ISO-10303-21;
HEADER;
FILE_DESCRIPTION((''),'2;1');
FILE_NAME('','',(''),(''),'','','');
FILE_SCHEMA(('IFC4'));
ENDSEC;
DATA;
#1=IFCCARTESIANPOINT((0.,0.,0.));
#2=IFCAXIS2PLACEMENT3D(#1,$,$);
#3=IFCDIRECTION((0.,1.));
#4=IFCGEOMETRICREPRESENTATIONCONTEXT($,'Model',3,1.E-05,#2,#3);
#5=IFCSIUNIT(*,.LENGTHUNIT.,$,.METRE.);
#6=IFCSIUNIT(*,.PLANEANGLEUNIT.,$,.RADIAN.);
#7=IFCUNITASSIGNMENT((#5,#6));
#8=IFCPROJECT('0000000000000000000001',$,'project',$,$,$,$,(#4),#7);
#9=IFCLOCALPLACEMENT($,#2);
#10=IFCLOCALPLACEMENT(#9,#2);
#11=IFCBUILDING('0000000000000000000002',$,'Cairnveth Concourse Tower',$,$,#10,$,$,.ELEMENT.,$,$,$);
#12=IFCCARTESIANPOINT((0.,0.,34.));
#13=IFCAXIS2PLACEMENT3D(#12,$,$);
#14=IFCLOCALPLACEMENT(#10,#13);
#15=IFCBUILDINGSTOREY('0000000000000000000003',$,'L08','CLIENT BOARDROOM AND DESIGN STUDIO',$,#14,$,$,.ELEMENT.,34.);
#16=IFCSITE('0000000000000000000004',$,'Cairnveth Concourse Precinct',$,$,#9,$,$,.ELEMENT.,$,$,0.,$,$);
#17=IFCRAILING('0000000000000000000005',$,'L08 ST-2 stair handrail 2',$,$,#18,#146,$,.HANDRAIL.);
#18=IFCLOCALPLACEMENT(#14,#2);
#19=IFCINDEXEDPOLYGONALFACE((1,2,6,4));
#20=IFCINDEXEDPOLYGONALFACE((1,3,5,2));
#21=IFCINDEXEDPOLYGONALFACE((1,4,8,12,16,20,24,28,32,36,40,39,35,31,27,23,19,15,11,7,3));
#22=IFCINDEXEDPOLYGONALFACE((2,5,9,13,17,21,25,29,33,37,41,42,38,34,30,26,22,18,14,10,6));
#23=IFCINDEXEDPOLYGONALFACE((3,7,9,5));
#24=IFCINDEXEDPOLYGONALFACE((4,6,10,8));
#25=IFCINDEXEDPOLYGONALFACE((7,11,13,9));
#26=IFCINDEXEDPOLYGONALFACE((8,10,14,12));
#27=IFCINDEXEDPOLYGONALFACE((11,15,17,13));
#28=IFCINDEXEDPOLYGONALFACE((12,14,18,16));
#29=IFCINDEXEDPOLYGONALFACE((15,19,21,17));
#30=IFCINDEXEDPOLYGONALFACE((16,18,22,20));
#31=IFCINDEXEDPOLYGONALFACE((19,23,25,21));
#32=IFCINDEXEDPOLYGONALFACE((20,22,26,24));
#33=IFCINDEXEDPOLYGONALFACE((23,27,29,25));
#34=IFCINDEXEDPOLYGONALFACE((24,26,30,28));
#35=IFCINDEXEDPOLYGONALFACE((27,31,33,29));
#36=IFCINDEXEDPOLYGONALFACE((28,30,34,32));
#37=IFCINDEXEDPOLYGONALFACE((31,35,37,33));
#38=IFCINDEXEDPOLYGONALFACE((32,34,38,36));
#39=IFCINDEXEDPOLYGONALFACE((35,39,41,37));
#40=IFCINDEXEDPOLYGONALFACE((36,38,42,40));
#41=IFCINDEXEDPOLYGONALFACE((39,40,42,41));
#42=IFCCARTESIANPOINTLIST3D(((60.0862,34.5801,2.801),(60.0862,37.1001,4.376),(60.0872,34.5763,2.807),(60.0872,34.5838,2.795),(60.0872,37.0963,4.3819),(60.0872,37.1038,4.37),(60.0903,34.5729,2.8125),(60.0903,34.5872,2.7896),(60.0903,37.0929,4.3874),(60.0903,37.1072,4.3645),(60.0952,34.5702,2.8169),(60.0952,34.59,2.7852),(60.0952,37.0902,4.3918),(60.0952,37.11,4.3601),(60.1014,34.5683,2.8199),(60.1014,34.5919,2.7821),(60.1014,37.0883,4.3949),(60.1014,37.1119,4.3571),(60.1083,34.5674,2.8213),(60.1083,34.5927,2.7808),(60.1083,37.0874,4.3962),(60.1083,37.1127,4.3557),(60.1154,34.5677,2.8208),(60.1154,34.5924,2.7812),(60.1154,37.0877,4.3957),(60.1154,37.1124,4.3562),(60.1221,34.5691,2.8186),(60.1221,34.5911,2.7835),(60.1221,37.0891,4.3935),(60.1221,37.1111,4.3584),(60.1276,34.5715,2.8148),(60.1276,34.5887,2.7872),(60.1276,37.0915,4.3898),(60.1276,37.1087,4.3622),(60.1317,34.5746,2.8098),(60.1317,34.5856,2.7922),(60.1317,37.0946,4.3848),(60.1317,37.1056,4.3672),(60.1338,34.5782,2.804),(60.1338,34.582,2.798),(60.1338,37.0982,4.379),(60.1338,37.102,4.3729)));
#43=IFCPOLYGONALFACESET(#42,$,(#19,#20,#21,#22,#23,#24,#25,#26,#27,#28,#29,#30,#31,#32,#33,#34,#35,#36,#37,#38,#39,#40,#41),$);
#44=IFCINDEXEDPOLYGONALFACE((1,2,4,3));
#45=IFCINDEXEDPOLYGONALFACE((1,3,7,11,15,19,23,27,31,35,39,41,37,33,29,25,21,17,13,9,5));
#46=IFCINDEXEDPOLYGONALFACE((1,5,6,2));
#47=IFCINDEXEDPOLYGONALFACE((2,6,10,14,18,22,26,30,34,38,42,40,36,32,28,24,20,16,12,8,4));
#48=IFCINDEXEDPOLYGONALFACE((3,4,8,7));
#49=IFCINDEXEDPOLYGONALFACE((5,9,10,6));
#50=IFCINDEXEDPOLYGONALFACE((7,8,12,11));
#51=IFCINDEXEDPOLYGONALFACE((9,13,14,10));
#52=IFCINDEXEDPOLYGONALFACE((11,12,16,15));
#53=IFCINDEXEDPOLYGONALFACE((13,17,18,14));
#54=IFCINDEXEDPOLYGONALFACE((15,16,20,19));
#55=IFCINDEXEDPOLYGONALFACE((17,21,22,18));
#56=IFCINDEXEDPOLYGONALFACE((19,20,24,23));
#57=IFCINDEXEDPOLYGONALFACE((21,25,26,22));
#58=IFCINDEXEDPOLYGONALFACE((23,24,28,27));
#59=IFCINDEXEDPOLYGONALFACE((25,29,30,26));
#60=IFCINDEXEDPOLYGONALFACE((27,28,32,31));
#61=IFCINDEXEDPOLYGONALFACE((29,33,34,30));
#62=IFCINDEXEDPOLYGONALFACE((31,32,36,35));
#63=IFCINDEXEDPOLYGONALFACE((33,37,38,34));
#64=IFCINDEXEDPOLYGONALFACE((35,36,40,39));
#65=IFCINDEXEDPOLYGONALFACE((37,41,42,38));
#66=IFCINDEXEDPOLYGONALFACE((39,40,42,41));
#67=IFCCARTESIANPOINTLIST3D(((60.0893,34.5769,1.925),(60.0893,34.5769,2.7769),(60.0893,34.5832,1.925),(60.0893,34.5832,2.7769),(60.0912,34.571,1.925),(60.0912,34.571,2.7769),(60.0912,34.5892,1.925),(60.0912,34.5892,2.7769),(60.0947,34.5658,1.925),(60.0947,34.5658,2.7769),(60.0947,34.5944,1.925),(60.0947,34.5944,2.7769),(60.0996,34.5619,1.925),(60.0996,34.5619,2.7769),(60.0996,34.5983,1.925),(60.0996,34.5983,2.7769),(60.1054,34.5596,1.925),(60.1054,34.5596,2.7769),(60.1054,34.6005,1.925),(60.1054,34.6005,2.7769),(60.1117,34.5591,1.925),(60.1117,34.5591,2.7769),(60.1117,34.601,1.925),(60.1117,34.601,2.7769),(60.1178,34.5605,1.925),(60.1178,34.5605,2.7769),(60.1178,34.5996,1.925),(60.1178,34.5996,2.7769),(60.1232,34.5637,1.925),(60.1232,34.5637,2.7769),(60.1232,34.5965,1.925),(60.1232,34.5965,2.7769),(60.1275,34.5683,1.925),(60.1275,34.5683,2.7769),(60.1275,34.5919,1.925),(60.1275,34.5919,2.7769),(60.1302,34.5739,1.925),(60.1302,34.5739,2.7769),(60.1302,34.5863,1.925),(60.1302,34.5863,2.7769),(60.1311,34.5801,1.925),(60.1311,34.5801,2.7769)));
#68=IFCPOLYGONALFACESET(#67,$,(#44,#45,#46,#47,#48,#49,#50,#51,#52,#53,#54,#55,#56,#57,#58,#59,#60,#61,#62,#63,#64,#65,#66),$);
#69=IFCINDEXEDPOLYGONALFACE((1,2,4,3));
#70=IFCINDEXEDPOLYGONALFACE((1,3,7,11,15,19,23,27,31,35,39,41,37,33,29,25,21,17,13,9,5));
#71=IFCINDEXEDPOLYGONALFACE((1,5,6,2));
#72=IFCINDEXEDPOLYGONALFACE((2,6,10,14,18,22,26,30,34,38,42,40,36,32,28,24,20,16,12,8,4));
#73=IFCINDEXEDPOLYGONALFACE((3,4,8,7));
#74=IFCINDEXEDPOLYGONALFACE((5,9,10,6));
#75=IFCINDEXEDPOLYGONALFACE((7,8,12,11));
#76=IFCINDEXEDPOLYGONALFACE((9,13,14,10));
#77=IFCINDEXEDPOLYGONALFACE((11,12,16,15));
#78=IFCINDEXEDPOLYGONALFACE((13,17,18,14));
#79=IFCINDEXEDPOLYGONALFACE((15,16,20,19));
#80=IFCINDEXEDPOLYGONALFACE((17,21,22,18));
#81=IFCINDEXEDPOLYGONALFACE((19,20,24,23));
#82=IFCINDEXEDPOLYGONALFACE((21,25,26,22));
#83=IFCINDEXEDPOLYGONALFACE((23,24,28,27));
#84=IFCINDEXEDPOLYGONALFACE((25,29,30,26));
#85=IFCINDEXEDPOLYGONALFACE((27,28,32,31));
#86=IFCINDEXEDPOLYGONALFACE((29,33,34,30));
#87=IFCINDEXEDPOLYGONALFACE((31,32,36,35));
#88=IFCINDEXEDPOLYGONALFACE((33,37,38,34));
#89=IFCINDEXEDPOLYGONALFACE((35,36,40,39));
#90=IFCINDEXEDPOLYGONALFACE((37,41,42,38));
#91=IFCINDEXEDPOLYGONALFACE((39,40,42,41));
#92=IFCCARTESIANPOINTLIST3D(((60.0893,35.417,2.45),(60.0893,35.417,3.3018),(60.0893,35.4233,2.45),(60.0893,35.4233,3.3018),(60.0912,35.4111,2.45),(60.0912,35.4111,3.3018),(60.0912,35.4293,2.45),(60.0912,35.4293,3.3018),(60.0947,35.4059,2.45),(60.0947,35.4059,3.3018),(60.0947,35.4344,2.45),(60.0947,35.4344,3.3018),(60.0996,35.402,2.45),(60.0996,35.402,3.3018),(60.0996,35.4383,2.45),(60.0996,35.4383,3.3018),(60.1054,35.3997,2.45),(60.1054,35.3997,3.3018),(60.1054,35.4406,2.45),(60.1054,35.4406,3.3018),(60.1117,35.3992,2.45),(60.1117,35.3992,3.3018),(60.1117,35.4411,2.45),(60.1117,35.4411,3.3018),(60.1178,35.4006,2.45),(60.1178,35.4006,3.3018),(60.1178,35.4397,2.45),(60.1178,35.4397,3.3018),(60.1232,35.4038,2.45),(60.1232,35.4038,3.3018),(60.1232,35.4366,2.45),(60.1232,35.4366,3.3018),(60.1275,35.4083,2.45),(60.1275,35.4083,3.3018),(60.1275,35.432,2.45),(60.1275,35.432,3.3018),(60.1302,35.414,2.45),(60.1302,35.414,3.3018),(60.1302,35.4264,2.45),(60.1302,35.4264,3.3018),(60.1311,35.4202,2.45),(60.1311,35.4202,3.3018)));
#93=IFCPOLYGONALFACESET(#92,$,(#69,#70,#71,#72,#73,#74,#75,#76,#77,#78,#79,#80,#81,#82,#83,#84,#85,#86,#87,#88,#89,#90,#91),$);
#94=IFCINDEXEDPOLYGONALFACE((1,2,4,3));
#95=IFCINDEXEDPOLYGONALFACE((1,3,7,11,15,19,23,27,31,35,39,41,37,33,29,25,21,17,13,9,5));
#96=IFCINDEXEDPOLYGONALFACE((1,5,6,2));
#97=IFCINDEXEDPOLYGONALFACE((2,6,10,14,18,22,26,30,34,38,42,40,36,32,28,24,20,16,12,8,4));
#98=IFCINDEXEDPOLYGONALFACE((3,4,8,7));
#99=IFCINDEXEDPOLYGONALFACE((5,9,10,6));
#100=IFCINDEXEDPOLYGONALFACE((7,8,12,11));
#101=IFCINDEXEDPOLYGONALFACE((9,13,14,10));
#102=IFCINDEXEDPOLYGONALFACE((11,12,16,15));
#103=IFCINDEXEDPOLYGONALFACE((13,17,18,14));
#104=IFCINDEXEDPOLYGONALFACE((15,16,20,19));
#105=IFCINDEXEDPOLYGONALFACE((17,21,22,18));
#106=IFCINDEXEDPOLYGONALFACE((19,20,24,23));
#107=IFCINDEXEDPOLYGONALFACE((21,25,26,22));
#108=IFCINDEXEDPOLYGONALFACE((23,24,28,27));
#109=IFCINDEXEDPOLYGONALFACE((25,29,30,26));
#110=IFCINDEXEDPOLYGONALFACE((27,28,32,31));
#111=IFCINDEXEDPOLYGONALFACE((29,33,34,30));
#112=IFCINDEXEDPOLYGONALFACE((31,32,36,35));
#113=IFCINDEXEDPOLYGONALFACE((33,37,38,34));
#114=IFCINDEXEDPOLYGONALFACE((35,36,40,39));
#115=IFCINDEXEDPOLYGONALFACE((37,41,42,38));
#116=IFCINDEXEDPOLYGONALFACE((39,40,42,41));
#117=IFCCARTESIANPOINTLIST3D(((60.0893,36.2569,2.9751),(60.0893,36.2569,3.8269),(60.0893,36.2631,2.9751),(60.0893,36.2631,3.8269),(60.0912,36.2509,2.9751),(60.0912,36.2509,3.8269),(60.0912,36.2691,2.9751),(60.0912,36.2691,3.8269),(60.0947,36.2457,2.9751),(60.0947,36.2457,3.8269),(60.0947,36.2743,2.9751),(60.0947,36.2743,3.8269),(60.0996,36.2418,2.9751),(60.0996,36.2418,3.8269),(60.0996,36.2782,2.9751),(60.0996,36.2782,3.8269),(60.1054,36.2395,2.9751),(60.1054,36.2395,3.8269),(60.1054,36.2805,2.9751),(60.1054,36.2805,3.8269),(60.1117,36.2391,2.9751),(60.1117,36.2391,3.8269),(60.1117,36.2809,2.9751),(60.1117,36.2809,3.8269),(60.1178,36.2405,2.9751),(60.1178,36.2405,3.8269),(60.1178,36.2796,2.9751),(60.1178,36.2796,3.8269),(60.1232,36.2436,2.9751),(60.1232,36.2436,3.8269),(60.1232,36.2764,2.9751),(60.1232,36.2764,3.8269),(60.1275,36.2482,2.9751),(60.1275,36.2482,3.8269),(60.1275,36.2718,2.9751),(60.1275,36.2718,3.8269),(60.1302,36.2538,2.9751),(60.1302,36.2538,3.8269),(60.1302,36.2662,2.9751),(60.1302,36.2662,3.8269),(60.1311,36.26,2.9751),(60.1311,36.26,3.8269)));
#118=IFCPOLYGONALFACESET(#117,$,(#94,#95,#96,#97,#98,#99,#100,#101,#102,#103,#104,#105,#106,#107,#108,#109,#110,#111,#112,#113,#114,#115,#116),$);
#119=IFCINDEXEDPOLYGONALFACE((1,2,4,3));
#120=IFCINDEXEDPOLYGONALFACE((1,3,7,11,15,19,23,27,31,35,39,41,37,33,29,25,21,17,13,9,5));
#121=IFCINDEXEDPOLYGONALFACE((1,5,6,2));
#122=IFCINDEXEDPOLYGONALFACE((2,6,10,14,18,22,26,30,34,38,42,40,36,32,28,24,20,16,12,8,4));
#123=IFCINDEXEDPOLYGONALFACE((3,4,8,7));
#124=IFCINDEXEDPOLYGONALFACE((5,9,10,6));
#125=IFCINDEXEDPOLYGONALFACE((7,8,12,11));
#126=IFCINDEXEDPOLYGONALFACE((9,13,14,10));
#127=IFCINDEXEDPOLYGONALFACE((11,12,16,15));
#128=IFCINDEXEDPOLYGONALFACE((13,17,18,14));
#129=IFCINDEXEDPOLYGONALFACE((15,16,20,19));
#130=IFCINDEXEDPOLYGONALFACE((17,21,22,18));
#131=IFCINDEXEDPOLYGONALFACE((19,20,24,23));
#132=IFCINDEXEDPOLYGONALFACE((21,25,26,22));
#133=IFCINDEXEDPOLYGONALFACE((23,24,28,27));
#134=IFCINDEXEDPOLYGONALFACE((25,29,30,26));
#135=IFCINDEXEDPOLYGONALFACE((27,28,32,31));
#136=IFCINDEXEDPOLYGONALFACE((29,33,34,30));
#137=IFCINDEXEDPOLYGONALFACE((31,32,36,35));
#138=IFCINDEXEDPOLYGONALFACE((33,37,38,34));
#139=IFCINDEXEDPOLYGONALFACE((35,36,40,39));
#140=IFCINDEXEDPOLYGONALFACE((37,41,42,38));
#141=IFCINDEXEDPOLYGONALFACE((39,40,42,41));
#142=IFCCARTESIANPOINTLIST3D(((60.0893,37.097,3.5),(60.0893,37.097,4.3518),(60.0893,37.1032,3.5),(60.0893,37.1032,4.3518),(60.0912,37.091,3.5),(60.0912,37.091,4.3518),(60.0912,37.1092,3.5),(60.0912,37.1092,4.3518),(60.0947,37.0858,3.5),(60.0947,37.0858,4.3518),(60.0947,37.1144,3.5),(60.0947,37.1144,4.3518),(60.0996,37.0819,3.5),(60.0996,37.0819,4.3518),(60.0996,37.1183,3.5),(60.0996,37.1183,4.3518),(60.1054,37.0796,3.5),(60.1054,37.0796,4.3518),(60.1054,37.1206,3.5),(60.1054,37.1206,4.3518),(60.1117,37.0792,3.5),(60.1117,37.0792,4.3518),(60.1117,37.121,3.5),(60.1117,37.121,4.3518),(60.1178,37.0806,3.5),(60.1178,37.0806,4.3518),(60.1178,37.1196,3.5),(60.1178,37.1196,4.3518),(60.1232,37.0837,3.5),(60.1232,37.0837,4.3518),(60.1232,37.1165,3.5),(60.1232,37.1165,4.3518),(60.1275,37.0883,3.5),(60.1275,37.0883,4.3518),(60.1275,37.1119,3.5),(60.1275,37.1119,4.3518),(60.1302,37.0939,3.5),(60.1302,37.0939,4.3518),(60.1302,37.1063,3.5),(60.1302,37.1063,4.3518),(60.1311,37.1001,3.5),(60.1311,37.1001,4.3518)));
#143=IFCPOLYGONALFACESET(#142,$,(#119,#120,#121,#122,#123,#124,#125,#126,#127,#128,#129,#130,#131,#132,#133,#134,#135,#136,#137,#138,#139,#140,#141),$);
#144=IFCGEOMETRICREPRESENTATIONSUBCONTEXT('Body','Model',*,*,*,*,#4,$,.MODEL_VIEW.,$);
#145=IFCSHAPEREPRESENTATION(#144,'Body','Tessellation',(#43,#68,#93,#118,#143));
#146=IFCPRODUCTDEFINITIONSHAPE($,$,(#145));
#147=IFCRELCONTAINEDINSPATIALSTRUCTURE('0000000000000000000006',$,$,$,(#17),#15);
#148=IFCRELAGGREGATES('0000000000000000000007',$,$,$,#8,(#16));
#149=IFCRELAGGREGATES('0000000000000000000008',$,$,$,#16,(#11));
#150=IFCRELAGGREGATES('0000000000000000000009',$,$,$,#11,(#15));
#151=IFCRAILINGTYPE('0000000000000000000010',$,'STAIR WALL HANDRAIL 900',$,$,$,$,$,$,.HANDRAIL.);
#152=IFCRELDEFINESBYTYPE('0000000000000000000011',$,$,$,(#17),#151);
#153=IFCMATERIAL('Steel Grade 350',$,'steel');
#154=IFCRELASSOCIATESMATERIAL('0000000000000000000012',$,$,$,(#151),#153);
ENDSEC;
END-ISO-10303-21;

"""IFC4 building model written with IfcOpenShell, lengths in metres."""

from ifc_helpers import new_model, si_unit, direction, frame, origin, origin_2d, place, context, subcontext, project, spatial, circle, extrude, material, type_object, element, save


model = new_model("IFC4")

# Units and contexts
model_context = context("Model", 3, precision=1e-05, world=origin(), true_north=direction((0.0, 1.0)))
body_context = subcontext(model_context, "Body", "Model", "MODEL_VIEW")
ifc_project = project(units=[si_unit("LENGTHUNIT", "METRE"), si_unit("PLANEANGLEUNIT", "RADIAN")], contexts=[model_context])

# Site, building, storey
site_placement = place(None, origin())
site = spatial("IfcSite", under=ifc_project, at=site_placement, Name="Cairnveth Concourse Precinct", CompositionType="ELEMENT", RefElevation=0.0)
building_placement = place(site_placement, origin())
building = spatial("IfcBuilding", under=site, at=building_placement, Name="Cairnveth Concourse Tower", CompositionType="ELEMENT")
storey_placement = place(building_placement, frame((0.0, 0.0, 34.0)))
storey = spatial("IfcBuildingStorey", under=building, at=storey_placement, Name="L08", Description="CLIENT BOARDROOM AND DESIGN STUDIO", CompositionType="ELEMENT", Elevation=34.0)

# Shared definitions
ifc_material_1 = material(Name="Steel Grade 350", Category="steel")

# Railing
railing_type_1 = type_object("IfcRailingType", Name="STAIR WALL HANDRAIL 900", PredefinedType="HANDRAIL", material=ifc_material_1)
railing_1_placement = place(storey_placement, frame((60.1101, 34.5801, 1.925)))
element("IfcRailing", 1, at=railing_1_placement, inside=storey, type_object=railing_type_1, Name="L08 ST-2 stair handrail 2", PredefinedType="HANDRAIL", context=body_context, shape_type="SweptSolid", body=[
    extrude(circle(Radius=0.0239, at=origin_2d()), frame((0.0, 0.0, 0.876), z_axis=(0.0, 0.848008, 0.529984), x_axis=(-1.0, 0.0, 0.0)), (0.0, 0.0, 1.0), 2.9717),
    extrude(circle(Radius=0.021, at=origin_2d()), origin(), (0.0, 0.0, 1.0), 0.8518),
    extrude(circle(Radius=0.021, at=origin_2d()), frame((0.0, 0.8401, 0.5249)), (0.0, 0.0, 1.0), 0.8518),
    extrude(circle(Radius=0.021, at=origin_2d()), frame((0.0, 1.6799, 1.05)), (0.0, 0.0, 1.0), 0.8518),
    extrude(circle(Radius=0.021, at=origin_2d()), frame((0.0, 2.52, 1.575)), (0.0, 0.0, 1.0), 0.8518),
])

save(model, "model.ifc")
